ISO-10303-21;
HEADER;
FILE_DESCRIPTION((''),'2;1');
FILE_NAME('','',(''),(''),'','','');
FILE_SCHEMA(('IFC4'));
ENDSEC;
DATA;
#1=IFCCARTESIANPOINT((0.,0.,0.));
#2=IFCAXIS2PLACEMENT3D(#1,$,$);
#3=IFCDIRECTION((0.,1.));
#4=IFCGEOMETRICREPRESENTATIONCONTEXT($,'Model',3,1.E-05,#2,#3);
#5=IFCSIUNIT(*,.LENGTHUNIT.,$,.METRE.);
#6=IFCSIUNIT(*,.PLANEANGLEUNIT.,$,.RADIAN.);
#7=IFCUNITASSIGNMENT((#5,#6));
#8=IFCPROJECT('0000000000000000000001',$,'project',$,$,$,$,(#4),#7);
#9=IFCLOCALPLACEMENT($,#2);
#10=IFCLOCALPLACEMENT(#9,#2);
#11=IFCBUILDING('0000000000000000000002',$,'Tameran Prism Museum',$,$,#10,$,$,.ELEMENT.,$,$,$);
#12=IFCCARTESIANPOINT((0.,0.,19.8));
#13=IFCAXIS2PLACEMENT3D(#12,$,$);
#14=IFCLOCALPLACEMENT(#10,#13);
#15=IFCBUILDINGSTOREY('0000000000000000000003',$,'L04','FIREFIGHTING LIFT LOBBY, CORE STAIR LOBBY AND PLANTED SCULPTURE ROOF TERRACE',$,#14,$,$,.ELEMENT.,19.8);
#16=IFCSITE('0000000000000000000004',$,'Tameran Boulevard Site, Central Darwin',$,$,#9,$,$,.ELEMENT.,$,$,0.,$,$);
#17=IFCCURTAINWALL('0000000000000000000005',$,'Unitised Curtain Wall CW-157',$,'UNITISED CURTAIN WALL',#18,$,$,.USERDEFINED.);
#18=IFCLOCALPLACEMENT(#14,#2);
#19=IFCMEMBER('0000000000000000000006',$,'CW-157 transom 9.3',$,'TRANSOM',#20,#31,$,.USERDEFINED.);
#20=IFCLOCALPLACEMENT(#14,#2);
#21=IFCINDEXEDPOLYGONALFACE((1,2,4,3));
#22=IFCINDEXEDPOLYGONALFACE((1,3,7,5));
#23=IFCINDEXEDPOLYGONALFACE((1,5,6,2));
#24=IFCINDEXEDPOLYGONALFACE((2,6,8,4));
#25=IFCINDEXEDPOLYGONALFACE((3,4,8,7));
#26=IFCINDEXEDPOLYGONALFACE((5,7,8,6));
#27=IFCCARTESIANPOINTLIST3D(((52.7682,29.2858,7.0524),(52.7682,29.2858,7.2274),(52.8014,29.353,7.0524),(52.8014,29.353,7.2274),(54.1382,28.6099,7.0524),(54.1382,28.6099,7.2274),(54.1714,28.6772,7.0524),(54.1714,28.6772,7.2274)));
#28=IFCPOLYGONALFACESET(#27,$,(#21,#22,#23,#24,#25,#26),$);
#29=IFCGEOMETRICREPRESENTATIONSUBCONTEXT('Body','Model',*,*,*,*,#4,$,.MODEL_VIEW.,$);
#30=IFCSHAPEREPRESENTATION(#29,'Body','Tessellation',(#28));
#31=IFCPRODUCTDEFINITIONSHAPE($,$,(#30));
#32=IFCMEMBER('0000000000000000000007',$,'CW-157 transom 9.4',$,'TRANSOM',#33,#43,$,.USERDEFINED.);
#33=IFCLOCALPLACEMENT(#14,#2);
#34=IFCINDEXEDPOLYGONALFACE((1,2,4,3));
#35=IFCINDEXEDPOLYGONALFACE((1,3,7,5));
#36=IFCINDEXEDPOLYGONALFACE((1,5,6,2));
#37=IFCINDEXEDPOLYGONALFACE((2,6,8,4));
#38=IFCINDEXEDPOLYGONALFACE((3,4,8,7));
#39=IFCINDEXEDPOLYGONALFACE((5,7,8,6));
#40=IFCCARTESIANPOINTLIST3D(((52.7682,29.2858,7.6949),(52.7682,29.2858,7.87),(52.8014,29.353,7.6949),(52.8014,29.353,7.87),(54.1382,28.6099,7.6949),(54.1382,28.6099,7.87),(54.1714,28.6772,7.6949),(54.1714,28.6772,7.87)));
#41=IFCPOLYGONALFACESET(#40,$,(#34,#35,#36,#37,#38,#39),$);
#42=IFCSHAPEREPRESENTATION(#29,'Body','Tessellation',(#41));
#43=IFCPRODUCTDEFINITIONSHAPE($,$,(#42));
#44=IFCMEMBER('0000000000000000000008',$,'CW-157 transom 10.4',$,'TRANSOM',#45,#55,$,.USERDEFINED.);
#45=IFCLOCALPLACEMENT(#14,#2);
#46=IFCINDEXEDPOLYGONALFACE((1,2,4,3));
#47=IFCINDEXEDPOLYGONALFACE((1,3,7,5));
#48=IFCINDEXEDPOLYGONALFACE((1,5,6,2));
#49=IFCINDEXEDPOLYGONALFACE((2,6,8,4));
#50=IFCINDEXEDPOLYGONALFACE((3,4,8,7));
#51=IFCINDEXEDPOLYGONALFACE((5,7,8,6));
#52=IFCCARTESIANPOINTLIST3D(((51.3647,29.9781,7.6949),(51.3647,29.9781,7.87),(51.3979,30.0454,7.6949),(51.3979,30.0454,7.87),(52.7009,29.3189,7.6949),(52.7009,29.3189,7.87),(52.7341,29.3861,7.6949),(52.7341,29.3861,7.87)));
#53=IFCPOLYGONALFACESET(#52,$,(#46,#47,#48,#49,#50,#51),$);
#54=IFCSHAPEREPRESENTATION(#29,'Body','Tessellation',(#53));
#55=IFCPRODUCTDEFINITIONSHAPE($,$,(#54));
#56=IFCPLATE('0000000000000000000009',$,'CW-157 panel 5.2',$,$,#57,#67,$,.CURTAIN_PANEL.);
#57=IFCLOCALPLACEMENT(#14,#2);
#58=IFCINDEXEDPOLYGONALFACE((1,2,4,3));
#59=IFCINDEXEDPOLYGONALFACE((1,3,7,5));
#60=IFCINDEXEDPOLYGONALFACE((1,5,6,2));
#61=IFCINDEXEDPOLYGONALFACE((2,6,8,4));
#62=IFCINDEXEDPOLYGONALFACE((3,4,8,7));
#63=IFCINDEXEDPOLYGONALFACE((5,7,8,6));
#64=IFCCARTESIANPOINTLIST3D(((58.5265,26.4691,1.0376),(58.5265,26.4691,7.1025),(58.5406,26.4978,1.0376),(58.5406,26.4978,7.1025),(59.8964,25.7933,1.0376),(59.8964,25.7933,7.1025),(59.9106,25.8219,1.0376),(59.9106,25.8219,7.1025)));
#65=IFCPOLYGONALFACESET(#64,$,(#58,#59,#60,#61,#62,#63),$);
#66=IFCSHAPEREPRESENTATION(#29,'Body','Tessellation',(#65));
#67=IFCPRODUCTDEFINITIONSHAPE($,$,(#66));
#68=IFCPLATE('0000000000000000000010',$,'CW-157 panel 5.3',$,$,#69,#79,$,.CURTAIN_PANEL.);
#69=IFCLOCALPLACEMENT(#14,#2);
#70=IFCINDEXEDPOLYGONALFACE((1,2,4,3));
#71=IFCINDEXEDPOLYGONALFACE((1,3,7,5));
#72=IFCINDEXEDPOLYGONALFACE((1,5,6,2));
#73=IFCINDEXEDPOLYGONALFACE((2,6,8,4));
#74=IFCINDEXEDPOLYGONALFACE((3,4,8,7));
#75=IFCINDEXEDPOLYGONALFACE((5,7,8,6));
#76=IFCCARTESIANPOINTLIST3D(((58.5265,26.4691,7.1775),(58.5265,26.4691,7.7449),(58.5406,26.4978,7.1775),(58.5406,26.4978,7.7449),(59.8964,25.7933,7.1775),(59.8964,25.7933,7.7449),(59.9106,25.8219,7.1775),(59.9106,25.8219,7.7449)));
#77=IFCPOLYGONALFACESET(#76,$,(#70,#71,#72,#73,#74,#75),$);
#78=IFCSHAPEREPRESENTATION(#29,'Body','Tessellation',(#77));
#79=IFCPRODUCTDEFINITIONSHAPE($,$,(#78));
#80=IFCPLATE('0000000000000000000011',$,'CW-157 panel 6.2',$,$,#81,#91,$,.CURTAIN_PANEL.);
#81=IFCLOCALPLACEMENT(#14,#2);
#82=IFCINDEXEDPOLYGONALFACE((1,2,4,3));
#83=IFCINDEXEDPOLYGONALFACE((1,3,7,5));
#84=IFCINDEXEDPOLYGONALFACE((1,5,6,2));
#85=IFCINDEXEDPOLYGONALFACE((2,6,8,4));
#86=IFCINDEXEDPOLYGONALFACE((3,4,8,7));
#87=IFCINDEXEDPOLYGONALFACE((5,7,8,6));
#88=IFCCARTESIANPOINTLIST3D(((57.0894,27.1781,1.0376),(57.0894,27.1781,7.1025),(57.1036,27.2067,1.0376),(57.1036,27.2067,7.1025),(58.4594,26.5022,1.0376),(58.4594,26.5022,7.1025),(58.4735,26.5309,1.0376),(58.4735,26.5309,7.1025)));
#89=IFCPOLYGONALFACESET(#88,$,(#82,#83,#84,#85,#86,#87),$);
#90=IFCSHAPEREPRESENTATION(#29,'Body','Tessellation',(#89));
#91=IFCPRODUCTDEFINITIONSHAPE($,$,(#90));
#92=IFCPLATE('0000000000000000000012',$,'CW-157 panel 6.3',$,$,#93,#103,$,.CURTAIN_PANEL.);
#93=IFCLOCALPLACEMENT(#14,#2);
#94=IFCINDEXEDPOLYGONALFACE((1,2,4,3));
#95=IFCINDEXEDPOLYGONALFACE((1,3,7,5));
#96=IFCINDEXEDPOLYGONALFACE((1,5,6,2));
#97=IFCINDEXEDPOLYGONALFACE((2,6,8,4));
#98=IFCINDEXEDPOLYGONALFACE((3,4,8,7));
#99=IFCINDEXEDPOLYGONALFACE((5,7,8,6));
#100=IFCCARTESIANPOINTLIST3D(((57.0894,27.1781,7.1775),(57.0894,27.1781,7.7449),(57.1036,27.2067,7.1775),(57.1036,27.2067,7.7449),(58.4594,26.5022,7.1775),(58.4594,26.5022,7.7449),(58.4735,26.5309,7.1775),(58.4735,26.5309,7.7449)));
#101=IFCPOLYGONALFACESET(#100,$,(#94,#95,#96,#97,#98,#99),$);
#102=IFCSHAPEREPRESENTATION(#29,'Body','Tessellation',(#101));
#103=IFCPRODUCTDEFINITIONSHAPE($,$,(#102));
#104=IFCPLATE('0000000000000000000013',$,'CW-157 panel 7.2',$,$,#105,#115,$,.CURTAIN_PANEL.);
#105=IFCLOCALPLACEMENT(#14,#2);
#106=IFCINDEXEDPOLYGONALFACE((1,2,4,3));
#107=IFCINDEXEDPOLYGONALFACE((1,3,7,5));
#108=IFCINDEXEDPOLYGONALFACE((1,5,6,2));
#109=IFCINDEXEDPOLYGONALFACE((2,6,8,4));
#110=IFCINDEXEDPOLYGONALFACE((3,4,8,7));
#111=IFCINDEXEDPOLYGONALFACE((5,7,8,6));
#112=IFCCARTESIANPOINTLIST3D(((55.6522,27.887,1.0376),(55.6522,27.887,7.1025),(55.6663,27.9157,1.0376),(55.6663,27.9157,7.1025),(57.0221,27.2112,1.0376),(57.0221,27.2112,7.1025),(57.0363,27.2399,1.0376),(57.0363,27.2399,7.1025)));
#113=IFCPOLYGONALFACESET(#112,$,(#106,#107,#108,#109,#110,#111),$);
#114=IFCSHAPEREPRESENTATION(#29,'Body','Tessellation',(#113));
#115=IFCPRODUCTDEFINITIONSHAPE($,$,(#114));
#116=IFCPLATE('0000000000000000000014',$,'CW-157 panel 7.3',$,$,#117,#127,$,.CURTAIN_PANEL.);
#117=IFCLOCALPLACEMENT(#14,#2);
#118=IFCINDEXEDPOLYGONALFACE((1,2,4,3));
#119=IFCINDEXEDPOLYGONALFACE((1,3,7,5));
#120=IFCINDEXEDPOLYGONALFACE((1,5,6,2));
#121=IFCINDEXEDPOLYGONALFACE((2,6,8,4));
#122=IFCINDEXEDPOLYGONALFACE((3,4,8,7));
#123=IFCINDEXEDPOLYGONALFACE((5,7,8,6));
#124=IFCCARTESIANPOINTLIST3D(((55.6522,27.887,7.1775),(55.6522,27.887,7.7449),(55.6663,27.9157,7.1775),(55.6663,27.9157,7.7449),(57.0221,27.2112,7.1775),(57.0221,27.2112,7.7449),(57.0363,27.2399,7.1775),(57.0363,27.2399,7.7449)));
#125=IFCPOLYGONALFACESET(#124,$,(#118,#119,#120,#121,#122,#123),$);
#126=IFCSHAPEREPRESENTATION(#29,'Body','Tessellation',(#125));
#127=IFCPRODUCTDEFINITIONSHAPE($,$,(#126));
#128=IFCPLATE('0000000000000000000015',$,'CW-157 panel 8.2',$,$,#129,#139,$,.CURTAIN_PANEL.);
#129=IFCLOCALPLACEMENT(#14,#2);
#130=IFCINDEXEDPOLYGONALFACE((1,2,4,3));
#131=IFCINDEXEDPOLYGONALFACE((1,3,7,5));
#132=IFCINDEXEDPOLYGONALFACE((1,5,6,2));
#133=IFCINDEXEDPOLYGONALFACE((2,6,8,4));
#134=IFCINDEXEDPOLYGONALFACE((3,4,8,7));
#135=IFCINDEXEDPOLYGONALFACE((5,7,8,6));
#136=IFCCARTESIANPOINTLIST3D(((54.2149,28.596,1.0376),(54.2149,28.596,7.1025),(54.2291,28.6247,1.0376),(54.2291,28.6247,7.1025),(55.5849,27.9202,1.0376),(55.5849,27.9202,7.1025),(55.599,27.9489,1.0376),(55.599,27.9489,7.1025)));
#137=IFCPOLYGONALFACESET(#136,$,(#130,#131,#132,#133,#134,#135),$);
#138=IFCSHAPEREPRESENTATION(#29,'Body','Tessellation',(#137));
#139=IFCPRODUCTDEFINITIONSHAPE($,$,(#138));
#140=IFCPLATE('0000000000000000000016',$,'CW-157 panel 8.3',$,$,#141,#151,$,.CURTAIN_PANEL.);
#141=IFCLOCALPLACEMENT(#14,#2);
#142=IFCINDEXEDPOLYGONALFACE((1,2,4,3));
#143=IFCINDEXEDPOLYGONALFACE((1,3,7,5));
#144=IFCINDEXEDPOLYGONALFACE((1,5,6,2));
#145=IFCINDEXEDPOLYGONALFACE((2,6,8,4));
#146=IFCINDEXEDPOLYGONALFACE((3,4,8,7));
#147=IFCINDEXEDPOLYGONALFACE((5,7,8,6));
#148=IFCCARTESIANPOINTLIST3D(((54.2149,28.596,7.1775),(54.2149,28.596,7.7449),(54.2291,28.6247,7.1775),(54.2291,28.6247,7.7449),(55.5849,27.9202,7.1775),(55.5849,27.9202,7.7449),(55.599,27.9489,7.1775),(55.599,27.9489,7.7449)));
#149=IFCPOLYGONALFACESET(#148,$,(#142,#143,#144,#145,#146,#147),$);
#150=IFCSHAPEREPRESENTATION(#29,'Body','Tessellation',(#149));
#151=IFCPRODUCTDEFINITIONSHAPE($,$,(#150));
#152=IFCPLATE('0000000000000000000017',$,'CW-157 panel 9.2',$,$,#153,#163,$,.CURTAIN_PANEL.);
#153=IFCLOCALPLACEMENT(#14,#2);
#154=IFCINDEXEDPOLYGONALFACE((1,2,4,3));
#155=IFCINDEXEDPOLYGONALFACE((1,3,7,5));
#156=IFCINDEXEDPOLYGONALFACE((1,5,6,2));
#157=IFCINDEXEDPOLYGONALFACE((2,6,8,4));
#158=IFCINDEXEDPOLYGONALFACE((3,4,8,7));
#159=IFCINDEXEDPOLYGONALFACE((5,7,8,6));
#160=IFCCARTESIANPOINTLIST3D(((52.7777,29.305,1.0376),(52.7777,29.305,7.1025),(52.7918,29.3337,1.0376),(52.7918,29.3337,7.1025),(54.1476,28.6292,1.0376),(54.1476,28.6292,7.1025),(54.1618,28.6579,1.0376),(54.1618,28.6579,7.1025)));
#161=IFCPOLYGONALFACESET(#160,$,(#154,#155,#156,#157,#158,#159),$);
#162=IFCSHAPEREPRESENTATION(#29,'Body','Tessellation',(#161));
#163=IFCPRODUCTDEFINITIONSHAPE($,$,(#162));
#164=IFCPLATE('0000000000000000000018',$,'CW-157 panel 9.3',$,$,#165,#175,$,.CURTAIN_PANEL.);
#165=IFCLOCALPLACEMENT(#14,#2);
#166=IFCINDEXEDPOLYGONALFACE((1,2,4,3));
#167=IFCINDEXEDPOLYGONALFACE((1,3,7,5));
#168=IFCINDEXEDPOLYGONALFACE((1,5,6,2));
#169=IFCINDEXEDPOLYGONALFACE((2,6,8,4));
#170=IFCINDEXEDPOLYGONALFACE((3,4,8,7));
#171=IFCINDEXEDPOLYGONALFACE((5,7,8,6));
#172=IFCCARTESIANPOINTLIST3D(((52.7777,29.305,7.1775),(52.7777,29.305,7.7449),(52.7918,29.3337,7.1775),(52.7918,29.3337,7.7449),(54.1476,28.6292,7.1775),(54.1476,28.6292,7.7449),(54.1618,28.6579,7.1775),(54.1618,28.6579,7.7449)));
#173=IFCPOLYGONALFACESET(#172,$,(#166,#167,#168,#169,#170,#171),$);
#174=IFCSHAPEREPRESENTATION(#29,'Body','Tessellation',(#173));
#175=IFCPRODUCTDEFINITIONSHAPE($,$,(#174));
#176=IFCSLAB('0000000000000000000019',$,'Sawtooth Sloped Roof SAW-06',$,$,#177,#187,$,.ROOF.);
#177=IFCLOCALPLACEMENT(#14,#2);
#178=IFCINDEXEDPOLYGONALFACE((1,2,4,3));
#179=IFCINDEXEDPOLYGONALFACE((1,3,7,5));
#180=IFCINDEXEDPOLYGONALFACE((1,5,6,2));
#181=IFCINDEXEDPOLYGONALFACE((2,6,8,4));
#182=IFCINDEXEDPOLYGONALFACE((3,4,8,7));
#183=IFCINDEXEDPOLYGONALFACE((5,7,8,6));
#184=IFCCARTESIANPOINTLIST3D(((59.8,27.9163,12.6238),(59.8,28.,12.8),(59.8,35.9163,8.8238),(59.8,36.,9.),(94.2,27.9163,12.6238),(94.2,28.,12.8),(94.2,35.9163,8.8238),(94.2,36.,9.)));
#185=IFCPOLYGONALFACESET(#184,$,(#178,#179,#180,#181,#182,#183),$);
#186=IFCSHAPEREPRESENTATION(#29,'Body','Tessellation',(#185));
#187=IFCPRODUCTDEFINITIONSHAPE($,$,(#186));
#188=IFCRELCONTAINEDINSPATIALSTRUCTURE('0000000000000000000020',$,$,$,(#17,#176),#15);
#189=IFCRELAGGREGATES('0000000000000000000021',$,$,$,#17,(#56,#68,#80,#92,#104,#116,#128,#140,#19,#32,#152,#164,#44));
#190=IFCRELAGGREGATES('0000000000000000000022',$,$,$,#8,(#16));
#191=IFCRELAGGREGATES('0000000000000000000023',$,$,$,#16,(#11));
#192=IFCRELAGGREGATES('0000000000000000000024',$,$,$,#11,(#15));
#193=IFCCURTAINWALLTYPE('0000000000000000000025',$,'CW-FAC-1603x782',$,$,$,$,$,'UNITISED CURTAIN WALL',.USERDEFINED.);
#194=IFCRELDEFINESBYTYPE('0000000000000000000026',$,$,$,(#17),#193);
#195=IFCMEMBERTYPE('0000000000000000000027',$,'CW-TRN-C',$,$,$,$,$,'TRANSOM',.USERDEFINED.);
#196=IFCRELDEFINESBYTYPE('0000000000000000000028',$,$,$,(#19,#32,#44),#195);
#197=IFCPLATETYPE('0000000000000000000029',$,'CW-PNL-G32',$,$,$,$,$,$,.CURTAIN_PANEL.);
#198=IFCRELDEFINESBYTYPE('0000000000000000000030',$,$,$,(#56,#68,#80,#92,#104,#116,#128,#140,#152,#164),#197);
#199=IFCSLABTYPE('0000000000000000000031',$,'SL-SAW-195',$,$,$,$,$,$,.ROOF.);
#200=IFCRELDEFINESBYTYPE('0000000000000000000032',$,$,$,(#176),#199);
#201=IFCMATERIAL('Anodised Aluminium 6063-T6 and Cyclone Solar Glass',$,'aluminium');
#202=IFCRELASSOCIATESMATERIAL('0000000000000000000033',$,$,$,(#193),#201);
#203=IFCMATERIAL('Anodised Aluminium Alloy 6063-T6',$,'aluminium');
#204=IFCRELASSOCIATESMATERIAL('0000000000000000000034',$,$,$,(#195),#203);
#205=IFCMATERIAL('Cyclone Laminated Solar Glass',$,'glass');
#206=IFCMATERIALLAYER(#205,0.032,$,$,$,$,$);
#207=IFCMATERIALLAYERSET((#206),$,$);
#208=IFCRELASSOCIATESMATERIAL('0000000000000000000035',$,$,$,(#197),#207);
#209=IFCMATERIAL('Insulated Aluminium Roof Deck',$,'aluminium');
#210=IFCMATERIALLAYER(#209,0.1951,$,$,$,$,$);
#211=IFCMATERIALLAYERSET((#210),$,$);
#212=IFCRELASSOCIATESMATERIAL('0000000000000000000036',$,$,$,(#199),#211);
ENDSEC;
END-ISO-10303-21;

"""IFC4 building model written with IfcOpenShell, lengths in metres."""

from ifc_helpers import new_model, si_unit, direction, frame, origin, origin_2d, place, context, subcontext, project, spatial, polyline, rectangle, outline, extrude, material, layer, layer_set, material_profile, profile_set, type_object, element, aggregate, save


model = new_model("IFC4")

# Units and contexts
model_context = context("Model", 3, precision=1e-05, world=origin(), true_north=direction((0.0, 1.0)))
body_context = subcontext(model_context, "Body", "Model", "MODEL_VIEW")
ifc_project = project(units=[si_unit("LENGTHUNIT", "METRE"), si_unit("PLANEANGLEUNIT", "RADIAN")], contexts=[model_context])

# Site, building, storey
site_placement = place(None, origin())
site = spatial("IfcSite", under=ifc_project, at=site_placement, Name="Tameran Boulevard Site, Central Darwin", CompositionType="ELEMENT", RefElevation=0.0)
building_placement = place(site_placement, origin())
building = spatial("IfcBuilding", under=site, at=building_placement, Name="Tameran Prism Museum", CompositionType="ELEMENT")
storey_placement = place(building_placement, frame((0.0, 0.0, 19.8)))
storey = spatial("IfcBuildingStorey", under=building, at=storey_placement, Name="L04", Description="FIREFIGHTING LIFT LOBBY, CORE STAIR LOBBY AND PLANTED SCULPTURE ROOF TERRACE", CompositionType="ELEMENT", Elevation=19.8)

# Curtain wall, members, plates
ifc_material_1 = material(Name="Anodised Aluminium 6063-T6 and Cyclone Solar Glass", Category="aluminium")
curtain_wall_type = type_object("IfcCurtainWallType", Name="CW-FAC-1603x782", ElementType="UNITISED CURTAIN WALL", PredefinedType="USERDEFINED", material=ifc_material_1)
curtain_wall_placement = place(storey_placement, origin())
curtain_wall = element("IfcCurtainWall", 1, at=curtain_wall_placement, inside=storey, type_object=curtain_wall_type, Name="Unitised Curtain Wall CW-157", ObjectType="UNITISED CURTAIN WALL", PredefinedType="USERDEFINED")
ifc_material_2 = material(Name="Anodised Aluminium Alloy 6063-T6", Category="aluminium")
ifc_material_profile_1 = material_profile(ifc_material_2, rectangle(XDim=0.075, YDim=0.175, at=origin_2d()))
ifc_profile_set_1 = profile_set([ifc_material_profile_1])
member_type = type_object("IfcMemberType", Name="CW-TRN-C", ElementType="TRANSOM", PredefinedType="USERDEFINED", material=ifc_profile_set_1)
member_1_placement = place(storey_placement, frame((54.1548, 28.6436, 7.1399), z_axis=(-0.896812, 0.442412, 0.0), x_axis=(-0.442412, -0.896812, 0.0)))
member_1 = element("IfcMember", 2, at=member_1_placement, type_object=member_type, Name="CW-157 transom 9.3", ObjectType="TRANSOM", PredefinedType="USERDEFINED", context=body_context, shape_type="SweptSolid", body=[
    extrude(rectangle(XDim=0.075, YDim=0.175, at=origin_2d()), origin(), (0.0, 0.0, 1.0), 1.5276),
])
member_2_placement = place(storey_placement, frame((54.1548, 28.6436, 7.7825), z_axis=(-0.896812, 0.442412, 0.0), x_axis=(-0.442412, -0.896812, 0.0)))
member_2 = element("IfcMember", 3, at=member_2_placement, type_object=member_type, Name="CW-157 transom 9.4", ObjectType="TRANSOM", PredefinedType="USERDEFINED", context=body_context, shape_type="SweptSolid", body=[
    extrude(rectangle(XDim=0.075, YDim=0.175, at=origin_2d()), origin(), (0.0, 0.0, 1.0), 1.5276),
])
member_3_placement = place(storey_placement, frame((52.7175, 29.3525, 7.7825), z_axis=(-0.896807, 0.442422, 0.0), x_axis=(-0.442422, -0.896807, 0.0)))
member_3 = element("IfcMember", 4, at=member_3_placement, type_object=member_type, Name="CW-157 transom 10.4", ObjectType="TRANSOM", PredefinedType="USERDEFINED", context=body_context, shape_type="SweptSolid", body=[
    extrude(rectangle(XDim=0.075, YDim=0.175, at=origin_2d()), origin(), (0.0, 0.0, 1.0), 1.49),
])
ifc_material_3 = material(Name="Cyclone Laminated Solar Glass", Category="glass")
ifc_layer_1 = layer(ifc_material_3, 0.032)
ifc_layer_set_1 = layer_set([ifc_layer_1])
plate_type = type_object("IfcPlateType", Name="CW-PNL-G32", PredefinedType="CURTAIN_PANEL", material=ifc_layer_set_1)
plate_1_placement = place(storey_placement, frame((59.2185, 26.1455, 1.0376), z_axis=(0.0, 0.0, 1.0), x_axis=(-0.896811, 0.442415, 0.0)))
plate_1 = element("IfcPlate", 5, at=plate_1_placement, type_object=plate_type, Name="CW-157 panel 5.2", PredefinedType="CURTAIN_PANEL", context=body_context, shape_type="SweptSolid", body=[
    extrude(rectangle(XDim=1.5276, YDim=0.032, at=origin_2d()), origin(), (0.0, 0.0, 1.0), 6.0649),
])
plate_2_placement = place(storey_placement, frame((59.2185, 26.1455, 7.1775), z_axis=(0.0, 0.0, 1.0), x_axis=(-0.896811, 0.442415, 0.0)))
plate_2 = element("IfcPlate", 6, at=plate_2_placement, type_object=plate_type, Name="CW-157 panel 5.3", PredefinedType="CURTAIN_PANEL", context=body_context, shape_type="SweptSolid", body=[
    extrude(rectangle(XDim=1.5276, YDim=0.032, at=origin_2d()), origin(), (0.0, 0.0, 1.0), 0.5674),
])
plate_3_placement = place(storey_placement, frame((57.7815, 26.8545, 1.0376), z_axis=(0.0, 0.0, 1.0), x_axis=(-0.896811, 0.442415, 0.0)))
plate_3 = element("IfcPlate", 7, at=plate_3_placement, type_object=plate_type, Name="CW-157 panel 6.2", PredefinedType="CURTAIN_PANEL", context=body_context, shape_type="SweptSolid", body=[
    extrude(rectangle(XDim=1.5276, YDim=0.032, at=origin_2d()), origin(), (0.0, 0.0, 1.0), 6.0649),
])
plate_4_placement = place(storey_placement, frame((57.7815, 26.8545, 7.1775), z_axis=(0.0, 0.0, 1.0), x_axis=(-0.896811, 0.442415, 0.0)))
plate_4 = element("IfcPlate", 8, at=plate_4_placement, type_object=plate_type, Name="CW-157 panel 6.3", PredefinedType="CURTAIN_PANEL", context=body_context, shape_type="SweptSolid", body=[
    extrude(rectangle(XDim=1.5276, YDim=0.032, at=origin_2d()), origin(), (0.0, 0.0, 1.0), 0.5674),
])
plate_5_placement = place(storey_placement, frame((56.3442, 27.5635, 1.0376), z_axis=(0.0, 0.0, 1.0), x_axis=(-0.896811, 0.442415, 0.0)))
plate_5 = element("IfcPlate", 9, at=plate_5_placement, type_object=plate_type, Name="CW-157 panel 7.2", PredefinedType="CURTAIN_PANEL", context=body_context, shape_type="SweptSolid", body=[
    extrude(rectangle(XDim=1.5276, YDim=0.032, at=origin_2d()), origin(), (0.0, 0.0, 1.0), 6.0649),
])
plate_6_placement = place(storey_placement, frame((56.3442, 27.5635, 7.1775), z_axis=(0.0, 0.0, 1.0), x_axis=(-0.896811, 0.442415, 0.0)))
plate_6 = element("IfcPlate", 10, at=plate_6_placement, type_object=plate_type, Name="CW-157 panel 7.3", PredefinedType="CURTAIN_PANEL", context=body_context, shape_type="SweptSolid", body=[
    extrude(rectangle(XDim=1.5276, YDim=0.032, at=origin_2d()), origin(), (0.0, 0.0, 1.0), 0.5674),
])
plate_7_placement = place(storey_placement, frame((54.907, 28.2725, 1.0376), z_axis=(0.0, 0.0, 1.0), x_axis=(-0.896811, 0.442415, 0.0)))
plate_7 = element("IfcPlate", 11, at=plate_7_placement, type_object=plate_type, Name="CW-157 panel 8.2", PredefinedType="CURTAIN_PANEL", context=body_context, shape_type="SweptSolid", body=[
    extrude(rectangle(XDim=1.5276, YDim=0.032, at=origin_2d()), origin(), (0.0, 0.0, 1.0), 6.0649),
])
plate_8_placement = place(storey_placement, frame((54.907, 28.2725, 7.1775), z_axis=(0.0, 0.0, 1.0), x_axis=(-0.896811, 0.442415, 0.0)))
plate_8 = element("IfcPlate", 12, at=plate_8_placement, type_object=plate_type, Name="CW-157 panel 8.3", PredefinedType="CURTAIN_PANEL", context=body_context, shape_type="SweptSolid", body=[
    extrude(rectangle(XDim=1.5276, YDim=0.032, at=origin_2d()), origin(), (0.0, 0.0, 1.0), 0.5674),
])
plate_9_placement = place(storey_placement, frame((53.4697, 28.9814, 1.0376), z_axis=(0.0, 0.0, 1.0), x_axis=(-0.896811, 0.442415, 0.0)))
plate_9 = element("IfcPlate", 13, at=plate_9_placement, type_object=plate_type, Name="CW-157 panel 9.2", PredefinedType="CURTAIN_PANEL", context=body_context, shape_type="SweptSolid", body=[
    extrude(rectangle(XDim=1.5276, YDim=0.032, at=origin_2d()), origin(), (0.0, 0.0, 1.0), 6.0649),
])
plate_10_placement = place(storey_placement, frame((53.4697, 28.9814, 7.1775), z_axis=(0.0, 0.0, 1.0), x_axis=(-0.896811, 0.442415, 0.0)))
plate_10 = element("IfcPlate", 14, at=plate_10_placement, type_object=plate_type, Name="CW-157 panel 9.3", PredefinedType="CURTAIN_PANEL", context=body_context, shape_type="SweptSolid", body=[
    extrude(rectangle(XDim=1.5276, YDim=0.032, at=origin_2d()), origin(), (0.0, 0.0, 1.0), 0.5674),
])
aggregate(curtain_wall, [plate_1, plate_2, plate_3, plate_4, plate_5, plate_6, plate_7, plate_8, member_1, member_2, plate_9, plate_10, member_3])

# Slab
ifc_material_4 = material(Name="Insulated Aluminium Roof Deck", Category="aluminium")
ifc_layer_2 = layer(ifc_material_4, 0.1951)
ifc_layer_set_2 = layer_set([ifc_layer_2])
slab_type = type_object("IfcSlabType", Name="SL-SAW-195", PredefinedType="ROOF", material=ifc_layer_set_2)
slab_placement = place(storey_placement, frame((59.8, 28.0, 12.8), z_axis=(0.0, 0.429061, 0.903275), x_axis=(1.0, 0.0, 0.0)))
element("IfcSlab", 15, at=slab_placement, inside=storey, type_object=slab_type, Name="Sawtooth Sloped Roof SAW-06", PredefinedType="ROOF", context=body_context, shape_type="SweptSolid", body=[
    extrude(outline(polyline([(0.0, 0.0), (34.3999, 0.0), (34.3999, 8.8567), (0.0, 8.8567), (0.0, 0.0)])), origin(), (0.0, 0.0, -1.0), 0.1951),
])

save(model, "model.ifc")
